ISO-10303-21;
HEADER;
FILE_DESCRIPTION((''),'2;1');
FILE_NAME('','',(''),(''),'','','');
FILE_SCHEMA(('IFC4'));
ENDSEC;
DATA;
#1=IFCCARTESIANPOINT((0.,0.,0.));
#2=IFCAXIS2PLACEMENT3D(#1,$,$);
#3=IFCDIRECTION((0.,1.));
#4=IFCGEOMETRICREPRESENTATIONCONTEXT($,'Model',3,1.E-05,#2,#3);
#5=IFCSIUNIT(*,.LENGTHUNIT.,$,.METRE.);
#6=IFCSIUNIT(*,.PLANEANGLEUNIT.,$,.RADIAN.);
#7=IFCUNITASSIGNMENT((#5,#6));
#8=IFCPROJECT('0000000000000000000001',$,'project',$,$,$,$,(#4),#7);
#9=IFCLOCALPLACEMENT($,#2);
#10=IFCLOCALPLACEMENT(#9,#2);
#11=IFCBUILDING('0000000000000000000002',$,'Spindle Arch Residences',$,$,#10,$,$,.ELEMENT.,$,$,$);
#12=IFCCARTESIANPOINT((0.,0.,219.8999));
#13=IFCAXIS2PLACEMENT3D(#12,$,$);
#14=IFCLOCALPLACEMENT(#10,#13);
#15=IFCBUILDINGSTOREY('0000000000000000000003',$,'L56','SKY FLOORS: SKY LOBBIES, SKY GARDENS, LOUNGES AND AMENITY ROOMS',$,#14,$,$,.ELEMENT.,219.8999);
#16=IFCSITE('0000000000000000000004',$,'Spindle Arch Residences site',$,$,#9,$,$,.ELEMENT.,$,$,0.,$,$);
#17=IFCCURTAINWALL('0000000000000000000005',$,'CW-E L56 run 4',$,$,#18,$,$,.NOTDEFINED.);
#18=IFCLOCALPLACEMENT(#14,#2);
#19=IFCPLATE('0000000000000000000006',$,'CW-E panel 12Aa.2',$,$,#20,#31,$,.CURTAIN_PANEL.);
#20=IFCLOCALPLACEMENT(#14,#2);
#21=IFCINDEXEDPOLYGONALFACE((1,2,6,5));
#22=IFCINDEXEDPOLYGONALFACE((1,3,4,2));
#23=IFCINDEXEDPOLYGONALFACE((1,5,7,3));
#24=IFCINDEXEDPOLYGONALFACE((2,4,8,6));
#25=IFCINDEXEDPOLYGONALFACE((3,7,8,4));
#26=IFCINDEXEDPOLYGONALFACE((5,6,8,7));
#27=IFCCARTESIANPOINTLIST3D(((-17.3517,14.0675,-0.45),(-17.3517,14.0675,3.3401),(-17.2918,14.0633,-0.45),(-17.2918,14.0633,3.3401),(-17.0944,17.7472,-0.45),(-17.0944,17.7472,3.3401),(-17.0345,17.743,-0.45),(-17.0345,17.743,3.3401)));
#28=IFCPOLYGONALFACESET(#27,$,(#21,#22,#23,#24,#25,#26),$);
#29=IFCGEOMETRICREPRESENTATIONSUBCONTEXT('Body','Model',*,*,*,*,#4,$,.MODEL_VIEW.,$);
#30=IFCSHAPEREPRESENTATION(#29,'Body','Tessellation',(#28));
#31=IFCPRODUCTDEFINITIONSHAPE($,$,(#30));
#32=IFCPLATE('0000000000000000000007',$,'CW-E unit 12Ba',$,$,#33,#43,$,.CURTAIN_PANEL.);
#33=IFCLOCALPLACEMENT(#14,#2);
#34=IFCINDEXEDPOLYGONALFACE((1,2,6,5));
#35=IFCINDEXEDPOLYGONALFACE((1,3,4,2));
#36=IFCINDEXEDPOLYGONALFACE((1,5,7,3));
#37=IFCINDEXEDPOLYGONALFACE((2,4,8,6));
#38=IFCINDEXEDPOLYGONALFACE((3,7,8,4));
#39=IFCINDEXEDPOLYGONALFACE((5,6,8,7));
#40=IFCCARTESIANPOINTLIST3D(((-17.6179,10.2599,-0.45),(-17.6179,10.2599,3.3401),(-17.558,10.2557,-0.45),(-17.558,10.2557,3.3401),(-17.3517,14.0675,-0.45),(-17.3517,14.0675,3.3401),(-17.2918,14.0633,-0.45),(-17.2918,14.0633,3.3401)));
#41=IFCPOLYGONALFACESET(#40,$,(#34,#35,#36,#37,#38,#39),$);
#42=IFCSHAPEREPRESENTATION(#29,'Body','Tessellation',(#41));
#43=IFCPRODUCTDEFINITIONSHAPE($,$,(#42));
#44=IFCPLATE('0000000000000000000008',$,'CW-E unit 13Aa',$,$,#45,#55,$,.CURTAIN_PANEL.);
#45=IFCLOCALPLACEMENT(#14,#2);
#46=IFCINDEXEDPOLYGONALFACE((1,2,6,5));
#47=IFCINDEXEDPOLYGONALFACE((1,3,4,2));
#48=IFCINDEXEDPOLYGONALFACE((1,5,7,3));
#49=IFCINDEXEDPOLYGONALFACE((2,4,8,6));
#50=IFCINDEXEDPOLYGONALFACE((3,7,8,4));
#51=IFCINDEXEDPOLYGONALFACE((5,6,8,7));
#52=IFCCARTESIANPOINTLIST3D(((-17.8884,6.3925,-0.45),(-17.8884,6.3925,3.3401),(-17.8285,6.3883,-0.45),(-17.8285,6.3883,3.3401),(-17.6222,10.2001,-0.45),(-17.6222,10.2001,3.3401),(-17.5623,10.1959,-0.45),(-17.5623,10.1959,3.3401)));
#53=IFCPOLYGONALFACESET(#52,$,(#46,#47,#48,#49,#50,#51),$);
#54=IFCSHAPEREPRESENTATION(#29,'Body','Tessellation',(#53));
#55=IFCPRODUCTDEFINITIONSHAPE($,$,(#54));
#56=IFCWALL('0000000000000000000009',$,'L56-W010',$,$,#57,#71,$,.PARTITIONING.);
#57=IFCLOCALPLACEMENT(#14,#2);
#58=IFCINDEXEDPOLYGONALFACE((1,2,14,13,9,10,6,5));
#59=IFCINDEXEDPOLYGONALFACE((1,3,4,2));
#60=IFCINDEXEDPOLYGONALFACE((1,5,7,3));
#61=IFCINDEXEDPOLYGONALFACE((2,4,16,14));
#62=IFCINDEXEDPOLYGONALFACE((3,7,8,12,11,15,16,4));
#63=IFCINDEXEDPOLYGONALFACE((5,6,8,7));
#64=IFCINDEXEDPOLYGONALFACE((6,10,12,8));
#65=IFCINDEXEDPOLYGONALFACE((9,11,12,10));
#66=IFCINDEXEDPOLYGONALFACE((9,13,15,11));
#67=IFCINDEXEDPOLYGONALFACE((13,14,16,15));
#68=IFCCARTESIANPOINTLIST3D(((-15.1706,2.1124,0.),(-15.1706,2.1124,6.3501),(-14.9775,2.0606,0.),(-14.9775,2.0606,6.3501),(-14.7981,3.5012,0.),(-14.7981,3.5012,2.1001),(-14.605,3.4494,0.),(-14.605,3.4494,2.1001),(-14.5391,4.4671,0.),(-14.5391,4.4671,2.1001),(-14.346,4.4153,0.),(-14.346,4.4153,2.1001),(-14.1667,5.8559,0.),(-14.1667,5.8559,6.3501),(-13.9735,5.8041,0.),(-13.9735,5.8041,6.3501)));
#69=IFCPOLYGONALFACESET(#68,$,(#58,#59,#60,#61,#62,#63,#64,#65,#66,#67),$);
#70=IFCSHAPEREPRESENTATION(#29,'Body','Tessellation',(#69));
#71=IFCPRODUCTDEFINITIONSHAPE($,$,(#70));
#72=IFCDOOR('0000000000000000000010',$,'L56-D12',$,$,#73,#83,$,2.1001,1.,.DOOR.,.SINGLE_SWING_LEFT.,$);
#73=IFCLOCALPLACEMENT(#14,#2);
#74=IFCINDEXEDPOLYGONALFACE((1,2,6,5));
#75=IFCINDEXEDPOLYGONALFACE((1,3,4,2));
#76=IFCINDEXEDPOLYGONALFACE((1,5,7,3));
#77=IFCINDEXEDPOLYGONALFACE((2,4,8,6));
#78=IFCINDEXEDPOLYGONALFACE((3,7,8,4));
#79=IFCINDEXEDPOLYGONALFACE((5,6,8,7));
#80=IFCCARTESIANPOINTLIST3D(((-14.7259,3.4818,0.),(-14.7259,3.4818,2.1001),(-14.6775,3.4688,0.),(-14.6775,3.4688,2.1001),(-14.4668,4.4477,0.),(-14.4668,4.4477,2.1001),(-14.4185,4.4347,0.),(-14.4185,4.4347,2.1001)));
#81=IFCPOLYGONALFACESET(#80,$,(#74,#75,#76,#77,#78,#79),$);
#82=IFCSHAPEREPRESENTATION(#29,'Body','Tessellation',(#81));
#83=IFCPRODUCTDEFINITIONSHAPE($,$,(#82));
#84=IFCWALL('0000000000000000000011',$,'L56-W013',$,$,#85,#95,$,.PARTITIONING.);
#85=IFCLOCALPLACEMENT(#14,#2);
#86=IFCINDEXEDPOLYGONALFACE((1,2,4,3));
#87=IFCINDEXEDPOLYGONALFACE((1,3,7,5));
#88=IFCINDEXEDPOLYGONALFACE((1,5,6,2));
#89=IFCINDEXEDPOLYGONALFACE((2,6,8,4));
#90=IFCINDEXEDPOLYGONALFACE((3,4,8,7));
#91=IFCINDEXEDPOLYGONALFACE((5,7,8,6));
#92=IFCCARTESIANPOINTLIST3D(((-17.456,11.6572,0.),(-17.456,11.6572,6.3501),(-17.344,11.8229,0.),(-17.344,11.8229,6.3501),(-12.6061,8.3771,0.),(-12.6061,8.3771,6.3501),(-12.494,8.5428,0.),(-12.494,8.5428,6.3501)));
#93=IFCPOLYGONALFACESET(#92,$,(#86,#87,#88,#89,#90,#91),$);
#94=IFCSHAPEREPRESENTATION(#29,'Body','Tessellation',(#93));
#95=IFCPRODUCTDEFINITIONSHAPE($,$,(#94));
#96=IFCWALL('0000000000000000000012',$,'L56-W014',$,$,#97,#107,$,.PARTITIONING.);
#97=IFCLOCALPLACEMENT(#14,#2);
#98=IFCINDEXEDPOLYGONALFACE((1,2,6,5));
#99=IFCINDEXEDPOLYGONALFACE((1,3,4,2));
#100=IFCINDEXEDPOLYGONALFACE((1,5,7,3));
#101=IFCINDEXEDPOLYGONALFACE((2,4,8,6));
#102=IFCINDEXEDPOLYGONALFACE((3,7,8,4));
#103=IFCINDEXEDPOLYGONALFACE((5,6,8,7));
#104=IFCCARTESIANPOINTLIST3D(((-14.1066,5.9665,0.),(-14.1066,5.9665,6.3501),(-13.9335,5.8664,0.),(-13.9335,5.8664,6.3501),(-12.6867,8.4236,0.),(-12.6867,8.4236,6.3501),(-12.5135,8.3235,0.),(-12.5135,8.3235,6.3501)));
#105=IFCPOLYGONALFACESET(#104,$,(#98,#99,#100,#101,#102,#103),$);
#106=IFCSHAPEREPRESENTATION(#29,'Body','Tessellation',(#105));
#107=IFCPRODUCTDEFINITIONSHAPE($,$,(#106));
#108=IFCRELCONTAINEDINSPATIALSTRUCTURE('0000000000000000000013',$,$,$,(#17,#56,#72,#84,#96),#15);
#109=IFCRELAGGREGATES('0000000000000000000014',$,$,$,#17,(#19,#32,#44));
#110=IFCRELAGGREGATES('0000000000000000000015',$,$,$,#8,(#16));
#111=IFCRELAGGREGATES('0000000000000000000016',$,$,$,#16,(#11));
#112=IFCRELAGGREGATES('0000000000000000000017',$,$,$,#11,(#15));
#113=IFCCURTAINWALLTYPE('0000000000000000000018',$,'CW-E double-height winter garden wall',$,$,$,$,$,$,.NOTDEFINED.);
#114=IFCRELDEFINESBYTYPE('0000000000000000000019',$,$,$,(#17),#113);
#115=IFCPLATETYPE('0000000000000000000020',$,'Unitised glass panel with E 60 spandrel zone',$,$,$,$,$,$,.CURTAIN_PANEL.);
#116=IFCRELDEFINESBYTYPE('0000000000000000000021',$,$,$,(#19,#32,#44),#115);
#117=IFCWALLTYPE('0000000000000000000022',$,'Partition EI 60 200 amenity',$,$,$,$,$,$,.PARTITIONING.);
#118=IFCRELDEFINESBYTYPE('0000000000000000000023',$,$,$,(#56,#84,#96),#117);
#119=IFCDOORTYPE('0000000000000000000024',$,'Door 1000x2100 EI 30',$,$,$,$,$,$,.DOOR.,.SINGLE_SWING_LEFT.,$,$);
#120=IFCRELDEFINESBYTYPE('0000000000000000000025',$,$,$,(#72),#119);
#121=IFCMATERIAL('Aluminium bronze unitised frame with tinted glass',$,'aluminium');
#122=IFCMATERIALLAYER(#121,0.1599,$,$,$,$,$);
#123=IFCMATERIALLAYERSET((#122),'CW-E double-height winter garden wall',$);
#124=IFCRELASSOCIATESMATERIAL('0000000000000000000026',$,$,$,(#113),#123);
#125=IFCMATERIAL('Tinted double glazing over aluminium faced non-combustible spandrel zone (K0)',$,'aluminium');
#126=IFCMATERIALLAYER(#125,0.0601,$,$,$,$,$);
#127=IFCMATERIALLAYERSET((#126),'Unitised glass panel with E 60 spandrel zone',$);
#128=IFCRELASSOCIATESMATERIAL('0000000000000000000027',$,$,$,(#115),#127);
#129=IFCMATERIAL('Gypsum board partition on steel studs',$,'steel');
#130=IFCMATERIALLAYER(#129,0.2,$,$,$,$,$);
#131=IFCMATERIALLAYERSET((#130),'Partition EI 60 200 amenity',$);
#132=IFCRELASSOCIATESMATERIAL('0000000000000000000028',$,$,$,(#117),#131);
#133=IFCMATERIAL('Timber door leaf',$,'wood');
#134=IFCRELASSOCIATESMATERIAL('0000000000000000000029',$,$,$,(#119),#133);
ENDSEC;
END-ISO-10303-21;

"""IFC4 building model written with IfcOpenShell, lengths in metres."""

from ifc_helpers import new_model, si_unit, direction, frame, frame_2d, origin, origin_2d, place, context, subcontext, project, spatial, rectangle, extrude, material, layer, layer_set, type_object, element, fill, aggregate, save


model = new_model("IFC4")

# Units and contexts
model_context = context("Model", 3, precision=1e-05, world=origin(), true_north=direction((0.0, 1.0)))
body_context = subcontext(model_context, "Body", "Model", "MODEL_VIEW")
ifc_project = project(units=[si_unit("LENGTHUNIT", "METRE"), si_unit("PLANEANGLEUNIT", "RADIAN")], contexts=[model_context])

# Site, building, storey
site_placement = place(None, origin())
site = spatial("IfcSite", under=ifc_project, at=site_placement, Name="Spindle Arch Residences site", CompositionType="ELEMENT", RefElevation=0.0)
building_placement = place(site_placement, origin())
building = spatial("IfcBuilding", under=site, at=building_placement, Name="Spindle Arch Residences", CompositionType="ELEMENT")
storey_placement = place(building_placement, frame((0.0, 0.0, 219.8999)))
storey = spatial("IfcBuildingStorey", under=building, at=storey_placement, Name="L56", Description="SKY FLOORS: SKY LOBBIES, SKY GARDENS, LOUNGES AND AMENITY ROOMS", CompositionType="ELEMENT", Elevation=219.8999)

# Curtain wall, plates
ifc_material_1 = material(Name="Aluminium bronze unitised frame with tinted glass", Category="aluminium")
ifc_layer_1 = layer(ifc_material_1, 0.1599)
ifc_layer_set_1 = layer_set([ifc_layer_1], Name="CW-E double-height winter garden wall")
curtain_wall_type = type_object("IfcCurtainWallType", Name="CW-E double-height winter garden wall", PredefinedType="NOTDEFINED", material=ifc_layer_set_1)
curtain_wall_placement = place(storey_placement, origin())
curtain_wall = element("IfcCurtainWall", 1, at=curtain_wall_placement, inside=storey, type_object=curtain_wall_type, Name="CW-E L56 run 4", PredefinedType="NOTDEFINED")
ifc_material_2 = material(Name="Tinted double glazing over aluminium faced non-combustible spandrel zone (K0)", Category="aluminium")
ifc_layer_2 = layer(ifc_material_2, 0.0601)
ifc_layer_set_2 = layer_set([ifc_layer_2], Name="Unitised glass panel with E 60 spandrel zone")
plate_type_1 = type_object("IfcPlateType", Name="Unitised glass panel with E 60 spandrel zone", PredefinedType="CURTAIN_PANEL", material=ifc_layer_set_2)
plate_1_placement = place(storey_placement, frame((-17.1931, 15.9053, -0.45), z_axis=(0.0, 0.0, 1.0), x_axis=(-0.069756, -0.997564, 0.0)))
plate_1 = element("IfcPlate", 2, at=plate_1_placement, type_object=plate_type_1, Name="CW-E panel 12Aa.2", PredefinedType="CURTAIN_PANEL", context=body_context, shape_type="SweptSolid", body=[
    extrude(rectangle(XDim=3.6887, YDim=0.0601, at=origin_2d()), origin(), (0.0, 0.0, 1.0), 3.79),
])
plate_2_placement = place(storey_placement, frame((-17.4548, 12.1616, -0.45), z_axis=(0.0, 0.0, 1.0), x_axis=(-0.069756, -0.997564, 0.0)))
plate_2 = element("IfcPlate", 3, at=plate_2_placement, type_object=plate_type_1, Name="CW-E unit 12Ba", PredefinedType="CURTAIN_PANEL", context=body_context, shape_type="SweptSolid", body=[
    extrude(rectangle(XDim=3.8169, YDim=0.0601, at=origin_2d()), origin(), (0.0, 0.0, 1.0), 3.79),
])
plate_3_placement = place(storey_placement, frame((-17.7253, 8.2942, -0.45), z_axis=(0.0, 0.0, 1.0), x_axis=(-0.069756, -0.997564, 0.0)))
plate_3 = element("IfcPlate", 4, at=plate_3_placement, type_object=plate_type_1, Name="CW-E unit 13Aa", PredefinedType="CURTAIN_PANEL", context=body_context, shape_type="SweptSolid", body=[
    extrude(rectangle(XDim=3.8169, YDim=0.0601, at=origin_2d()), origin(), (0.0, 0.0, 1.0), 3.79),
])
aggregate(curtain_wall, [plate_1, plate_2, plate_3])

# Wall, opening, door
ifc_material_3 = material(Name="Gypsum board partition on steel studs", Category="steel")
ifc_layer_3 = layer(ifc_material_3, 0.2)
ifc_layer_set_3 = layer_set([ifc_layer_3], Name="Partition EI 60 200 amenity")
wall_type = type_object("IfcWallType", Name="Partition EI 60 200 amenity", PredefinedType="PARTITIONING", material=ifc_layer_set_3)
wall_1_placement = place(storey_placement, frame((-14.0701, 5.8301, 0.0), z_axis=(0.0, 0.0, 1.0), x_axis=(-0.259027, -0.96587, 0.0)))
wall_1 = element("IfcWall", 5, at=wall_1_placement, inside=storey, type_object=wall_type, Name="L56-W010", PredefinedType="PARTITIONING", context=body_context, shape_type="SweptSolid", body=[
    extrude(rectangle(XDim=3.8757, YDim=0.2, at=frame_2d((1.938, 0.0))), origin(), (0.0, 0.0, 1.0), 6.3501),
])
opening_placement = place(wall_1_placement, frame((1.438, 0.0, 0.0)))
opening = element("IfcOpeningElement", 6, at=opening_placement, cuts=wall_1, PredefinedType="OPENING", context=body_context, shape_type="SweptSolid", body=[
    extrude(rectangle(XDim=1.0, YDim=2.1001, at=frame_2d((0.5, 1.05))), frame((0.0, 0.1099, 0.0), z_axis=(0.0, -1.0, 0.0), x_axis=(1.0, 0.0, 0.0)), (0.0, 0.0, 1.0), 0.22),
])
ifc_material_4 = material(Name="Timber door leaf", Category="wood")
door_type = type_object("IfcDoorType", Name="Door 1000x2100 EI 30", OperationType="SINGLE_SWING_LEFT", PredefinedType="DOOR", material=ifc_material_4)
door_placement = place(opening_placement, origin())
door = element("IfcDoor", 7, at=door_placement, inside=storey, type_object=door_type, Name="L56-D12", OperationType="SINGLE_SWING_LEFT", OverallHeight=2.1001, OverallWidth=1.0, PredefinedType="DOOR", context=body_context, shape_type="SweptSolid", body=[
    extrude(rectangle(XDim=1.0, YDim=2.1001, at=frame_2d((0.5, 1.05))), frame((0.0, 0.0249, 0.0), z_axis=(0.0, -1.0, 0.0), x_axis=(1.0, 0.0, 0.0)), (0.0, 0.0, 1.0), 0.05),
])
fill(opening, door)

# Walls
wall_2_placement = place(storey_placement, frame((-12.55, 8.46, 0.0), z_axis=(0.0, 0.0, 1.0), x_axis=(-0.828343, 0.560221, 0.0)))
element("IfcWall", 8, at=wall_2_placement, inside=storey, type_object=wall_type, Name="L56-W013", PredefinedType="PARTITIONING", context=body_context, shape_type="SweptSolid", body=[
    extrude(rectangle(XDim=5.855, YDim=0.2, at=frame_2d((2.9275, 0.0))), origin(), (0.0, 0.0, 1.0), 6.3501),
])
wall_3_placement = place(storey_placement, frame((-12.6001, 8.3735, 0.0), z_axis=(0.0, 0.0, 1.0), x_axis=(-0.500358, -0.865819, 0.0)))
element("IfcWall", 9, at=wall_3_placement, inside=storey, type_object=wall_type, Name="L56-W014", PredefinedType="PARTITIONING", context=body_context, shape_type="SweptSolid", body=[
    extrude(rectangle(XDim=2.8379, YDim=0.2, at=frame_2d((1.4189, 0.0))), origin(), (0.0, 0.0, 1.0), 6.3501),
])

save(model, "model.ifc")
